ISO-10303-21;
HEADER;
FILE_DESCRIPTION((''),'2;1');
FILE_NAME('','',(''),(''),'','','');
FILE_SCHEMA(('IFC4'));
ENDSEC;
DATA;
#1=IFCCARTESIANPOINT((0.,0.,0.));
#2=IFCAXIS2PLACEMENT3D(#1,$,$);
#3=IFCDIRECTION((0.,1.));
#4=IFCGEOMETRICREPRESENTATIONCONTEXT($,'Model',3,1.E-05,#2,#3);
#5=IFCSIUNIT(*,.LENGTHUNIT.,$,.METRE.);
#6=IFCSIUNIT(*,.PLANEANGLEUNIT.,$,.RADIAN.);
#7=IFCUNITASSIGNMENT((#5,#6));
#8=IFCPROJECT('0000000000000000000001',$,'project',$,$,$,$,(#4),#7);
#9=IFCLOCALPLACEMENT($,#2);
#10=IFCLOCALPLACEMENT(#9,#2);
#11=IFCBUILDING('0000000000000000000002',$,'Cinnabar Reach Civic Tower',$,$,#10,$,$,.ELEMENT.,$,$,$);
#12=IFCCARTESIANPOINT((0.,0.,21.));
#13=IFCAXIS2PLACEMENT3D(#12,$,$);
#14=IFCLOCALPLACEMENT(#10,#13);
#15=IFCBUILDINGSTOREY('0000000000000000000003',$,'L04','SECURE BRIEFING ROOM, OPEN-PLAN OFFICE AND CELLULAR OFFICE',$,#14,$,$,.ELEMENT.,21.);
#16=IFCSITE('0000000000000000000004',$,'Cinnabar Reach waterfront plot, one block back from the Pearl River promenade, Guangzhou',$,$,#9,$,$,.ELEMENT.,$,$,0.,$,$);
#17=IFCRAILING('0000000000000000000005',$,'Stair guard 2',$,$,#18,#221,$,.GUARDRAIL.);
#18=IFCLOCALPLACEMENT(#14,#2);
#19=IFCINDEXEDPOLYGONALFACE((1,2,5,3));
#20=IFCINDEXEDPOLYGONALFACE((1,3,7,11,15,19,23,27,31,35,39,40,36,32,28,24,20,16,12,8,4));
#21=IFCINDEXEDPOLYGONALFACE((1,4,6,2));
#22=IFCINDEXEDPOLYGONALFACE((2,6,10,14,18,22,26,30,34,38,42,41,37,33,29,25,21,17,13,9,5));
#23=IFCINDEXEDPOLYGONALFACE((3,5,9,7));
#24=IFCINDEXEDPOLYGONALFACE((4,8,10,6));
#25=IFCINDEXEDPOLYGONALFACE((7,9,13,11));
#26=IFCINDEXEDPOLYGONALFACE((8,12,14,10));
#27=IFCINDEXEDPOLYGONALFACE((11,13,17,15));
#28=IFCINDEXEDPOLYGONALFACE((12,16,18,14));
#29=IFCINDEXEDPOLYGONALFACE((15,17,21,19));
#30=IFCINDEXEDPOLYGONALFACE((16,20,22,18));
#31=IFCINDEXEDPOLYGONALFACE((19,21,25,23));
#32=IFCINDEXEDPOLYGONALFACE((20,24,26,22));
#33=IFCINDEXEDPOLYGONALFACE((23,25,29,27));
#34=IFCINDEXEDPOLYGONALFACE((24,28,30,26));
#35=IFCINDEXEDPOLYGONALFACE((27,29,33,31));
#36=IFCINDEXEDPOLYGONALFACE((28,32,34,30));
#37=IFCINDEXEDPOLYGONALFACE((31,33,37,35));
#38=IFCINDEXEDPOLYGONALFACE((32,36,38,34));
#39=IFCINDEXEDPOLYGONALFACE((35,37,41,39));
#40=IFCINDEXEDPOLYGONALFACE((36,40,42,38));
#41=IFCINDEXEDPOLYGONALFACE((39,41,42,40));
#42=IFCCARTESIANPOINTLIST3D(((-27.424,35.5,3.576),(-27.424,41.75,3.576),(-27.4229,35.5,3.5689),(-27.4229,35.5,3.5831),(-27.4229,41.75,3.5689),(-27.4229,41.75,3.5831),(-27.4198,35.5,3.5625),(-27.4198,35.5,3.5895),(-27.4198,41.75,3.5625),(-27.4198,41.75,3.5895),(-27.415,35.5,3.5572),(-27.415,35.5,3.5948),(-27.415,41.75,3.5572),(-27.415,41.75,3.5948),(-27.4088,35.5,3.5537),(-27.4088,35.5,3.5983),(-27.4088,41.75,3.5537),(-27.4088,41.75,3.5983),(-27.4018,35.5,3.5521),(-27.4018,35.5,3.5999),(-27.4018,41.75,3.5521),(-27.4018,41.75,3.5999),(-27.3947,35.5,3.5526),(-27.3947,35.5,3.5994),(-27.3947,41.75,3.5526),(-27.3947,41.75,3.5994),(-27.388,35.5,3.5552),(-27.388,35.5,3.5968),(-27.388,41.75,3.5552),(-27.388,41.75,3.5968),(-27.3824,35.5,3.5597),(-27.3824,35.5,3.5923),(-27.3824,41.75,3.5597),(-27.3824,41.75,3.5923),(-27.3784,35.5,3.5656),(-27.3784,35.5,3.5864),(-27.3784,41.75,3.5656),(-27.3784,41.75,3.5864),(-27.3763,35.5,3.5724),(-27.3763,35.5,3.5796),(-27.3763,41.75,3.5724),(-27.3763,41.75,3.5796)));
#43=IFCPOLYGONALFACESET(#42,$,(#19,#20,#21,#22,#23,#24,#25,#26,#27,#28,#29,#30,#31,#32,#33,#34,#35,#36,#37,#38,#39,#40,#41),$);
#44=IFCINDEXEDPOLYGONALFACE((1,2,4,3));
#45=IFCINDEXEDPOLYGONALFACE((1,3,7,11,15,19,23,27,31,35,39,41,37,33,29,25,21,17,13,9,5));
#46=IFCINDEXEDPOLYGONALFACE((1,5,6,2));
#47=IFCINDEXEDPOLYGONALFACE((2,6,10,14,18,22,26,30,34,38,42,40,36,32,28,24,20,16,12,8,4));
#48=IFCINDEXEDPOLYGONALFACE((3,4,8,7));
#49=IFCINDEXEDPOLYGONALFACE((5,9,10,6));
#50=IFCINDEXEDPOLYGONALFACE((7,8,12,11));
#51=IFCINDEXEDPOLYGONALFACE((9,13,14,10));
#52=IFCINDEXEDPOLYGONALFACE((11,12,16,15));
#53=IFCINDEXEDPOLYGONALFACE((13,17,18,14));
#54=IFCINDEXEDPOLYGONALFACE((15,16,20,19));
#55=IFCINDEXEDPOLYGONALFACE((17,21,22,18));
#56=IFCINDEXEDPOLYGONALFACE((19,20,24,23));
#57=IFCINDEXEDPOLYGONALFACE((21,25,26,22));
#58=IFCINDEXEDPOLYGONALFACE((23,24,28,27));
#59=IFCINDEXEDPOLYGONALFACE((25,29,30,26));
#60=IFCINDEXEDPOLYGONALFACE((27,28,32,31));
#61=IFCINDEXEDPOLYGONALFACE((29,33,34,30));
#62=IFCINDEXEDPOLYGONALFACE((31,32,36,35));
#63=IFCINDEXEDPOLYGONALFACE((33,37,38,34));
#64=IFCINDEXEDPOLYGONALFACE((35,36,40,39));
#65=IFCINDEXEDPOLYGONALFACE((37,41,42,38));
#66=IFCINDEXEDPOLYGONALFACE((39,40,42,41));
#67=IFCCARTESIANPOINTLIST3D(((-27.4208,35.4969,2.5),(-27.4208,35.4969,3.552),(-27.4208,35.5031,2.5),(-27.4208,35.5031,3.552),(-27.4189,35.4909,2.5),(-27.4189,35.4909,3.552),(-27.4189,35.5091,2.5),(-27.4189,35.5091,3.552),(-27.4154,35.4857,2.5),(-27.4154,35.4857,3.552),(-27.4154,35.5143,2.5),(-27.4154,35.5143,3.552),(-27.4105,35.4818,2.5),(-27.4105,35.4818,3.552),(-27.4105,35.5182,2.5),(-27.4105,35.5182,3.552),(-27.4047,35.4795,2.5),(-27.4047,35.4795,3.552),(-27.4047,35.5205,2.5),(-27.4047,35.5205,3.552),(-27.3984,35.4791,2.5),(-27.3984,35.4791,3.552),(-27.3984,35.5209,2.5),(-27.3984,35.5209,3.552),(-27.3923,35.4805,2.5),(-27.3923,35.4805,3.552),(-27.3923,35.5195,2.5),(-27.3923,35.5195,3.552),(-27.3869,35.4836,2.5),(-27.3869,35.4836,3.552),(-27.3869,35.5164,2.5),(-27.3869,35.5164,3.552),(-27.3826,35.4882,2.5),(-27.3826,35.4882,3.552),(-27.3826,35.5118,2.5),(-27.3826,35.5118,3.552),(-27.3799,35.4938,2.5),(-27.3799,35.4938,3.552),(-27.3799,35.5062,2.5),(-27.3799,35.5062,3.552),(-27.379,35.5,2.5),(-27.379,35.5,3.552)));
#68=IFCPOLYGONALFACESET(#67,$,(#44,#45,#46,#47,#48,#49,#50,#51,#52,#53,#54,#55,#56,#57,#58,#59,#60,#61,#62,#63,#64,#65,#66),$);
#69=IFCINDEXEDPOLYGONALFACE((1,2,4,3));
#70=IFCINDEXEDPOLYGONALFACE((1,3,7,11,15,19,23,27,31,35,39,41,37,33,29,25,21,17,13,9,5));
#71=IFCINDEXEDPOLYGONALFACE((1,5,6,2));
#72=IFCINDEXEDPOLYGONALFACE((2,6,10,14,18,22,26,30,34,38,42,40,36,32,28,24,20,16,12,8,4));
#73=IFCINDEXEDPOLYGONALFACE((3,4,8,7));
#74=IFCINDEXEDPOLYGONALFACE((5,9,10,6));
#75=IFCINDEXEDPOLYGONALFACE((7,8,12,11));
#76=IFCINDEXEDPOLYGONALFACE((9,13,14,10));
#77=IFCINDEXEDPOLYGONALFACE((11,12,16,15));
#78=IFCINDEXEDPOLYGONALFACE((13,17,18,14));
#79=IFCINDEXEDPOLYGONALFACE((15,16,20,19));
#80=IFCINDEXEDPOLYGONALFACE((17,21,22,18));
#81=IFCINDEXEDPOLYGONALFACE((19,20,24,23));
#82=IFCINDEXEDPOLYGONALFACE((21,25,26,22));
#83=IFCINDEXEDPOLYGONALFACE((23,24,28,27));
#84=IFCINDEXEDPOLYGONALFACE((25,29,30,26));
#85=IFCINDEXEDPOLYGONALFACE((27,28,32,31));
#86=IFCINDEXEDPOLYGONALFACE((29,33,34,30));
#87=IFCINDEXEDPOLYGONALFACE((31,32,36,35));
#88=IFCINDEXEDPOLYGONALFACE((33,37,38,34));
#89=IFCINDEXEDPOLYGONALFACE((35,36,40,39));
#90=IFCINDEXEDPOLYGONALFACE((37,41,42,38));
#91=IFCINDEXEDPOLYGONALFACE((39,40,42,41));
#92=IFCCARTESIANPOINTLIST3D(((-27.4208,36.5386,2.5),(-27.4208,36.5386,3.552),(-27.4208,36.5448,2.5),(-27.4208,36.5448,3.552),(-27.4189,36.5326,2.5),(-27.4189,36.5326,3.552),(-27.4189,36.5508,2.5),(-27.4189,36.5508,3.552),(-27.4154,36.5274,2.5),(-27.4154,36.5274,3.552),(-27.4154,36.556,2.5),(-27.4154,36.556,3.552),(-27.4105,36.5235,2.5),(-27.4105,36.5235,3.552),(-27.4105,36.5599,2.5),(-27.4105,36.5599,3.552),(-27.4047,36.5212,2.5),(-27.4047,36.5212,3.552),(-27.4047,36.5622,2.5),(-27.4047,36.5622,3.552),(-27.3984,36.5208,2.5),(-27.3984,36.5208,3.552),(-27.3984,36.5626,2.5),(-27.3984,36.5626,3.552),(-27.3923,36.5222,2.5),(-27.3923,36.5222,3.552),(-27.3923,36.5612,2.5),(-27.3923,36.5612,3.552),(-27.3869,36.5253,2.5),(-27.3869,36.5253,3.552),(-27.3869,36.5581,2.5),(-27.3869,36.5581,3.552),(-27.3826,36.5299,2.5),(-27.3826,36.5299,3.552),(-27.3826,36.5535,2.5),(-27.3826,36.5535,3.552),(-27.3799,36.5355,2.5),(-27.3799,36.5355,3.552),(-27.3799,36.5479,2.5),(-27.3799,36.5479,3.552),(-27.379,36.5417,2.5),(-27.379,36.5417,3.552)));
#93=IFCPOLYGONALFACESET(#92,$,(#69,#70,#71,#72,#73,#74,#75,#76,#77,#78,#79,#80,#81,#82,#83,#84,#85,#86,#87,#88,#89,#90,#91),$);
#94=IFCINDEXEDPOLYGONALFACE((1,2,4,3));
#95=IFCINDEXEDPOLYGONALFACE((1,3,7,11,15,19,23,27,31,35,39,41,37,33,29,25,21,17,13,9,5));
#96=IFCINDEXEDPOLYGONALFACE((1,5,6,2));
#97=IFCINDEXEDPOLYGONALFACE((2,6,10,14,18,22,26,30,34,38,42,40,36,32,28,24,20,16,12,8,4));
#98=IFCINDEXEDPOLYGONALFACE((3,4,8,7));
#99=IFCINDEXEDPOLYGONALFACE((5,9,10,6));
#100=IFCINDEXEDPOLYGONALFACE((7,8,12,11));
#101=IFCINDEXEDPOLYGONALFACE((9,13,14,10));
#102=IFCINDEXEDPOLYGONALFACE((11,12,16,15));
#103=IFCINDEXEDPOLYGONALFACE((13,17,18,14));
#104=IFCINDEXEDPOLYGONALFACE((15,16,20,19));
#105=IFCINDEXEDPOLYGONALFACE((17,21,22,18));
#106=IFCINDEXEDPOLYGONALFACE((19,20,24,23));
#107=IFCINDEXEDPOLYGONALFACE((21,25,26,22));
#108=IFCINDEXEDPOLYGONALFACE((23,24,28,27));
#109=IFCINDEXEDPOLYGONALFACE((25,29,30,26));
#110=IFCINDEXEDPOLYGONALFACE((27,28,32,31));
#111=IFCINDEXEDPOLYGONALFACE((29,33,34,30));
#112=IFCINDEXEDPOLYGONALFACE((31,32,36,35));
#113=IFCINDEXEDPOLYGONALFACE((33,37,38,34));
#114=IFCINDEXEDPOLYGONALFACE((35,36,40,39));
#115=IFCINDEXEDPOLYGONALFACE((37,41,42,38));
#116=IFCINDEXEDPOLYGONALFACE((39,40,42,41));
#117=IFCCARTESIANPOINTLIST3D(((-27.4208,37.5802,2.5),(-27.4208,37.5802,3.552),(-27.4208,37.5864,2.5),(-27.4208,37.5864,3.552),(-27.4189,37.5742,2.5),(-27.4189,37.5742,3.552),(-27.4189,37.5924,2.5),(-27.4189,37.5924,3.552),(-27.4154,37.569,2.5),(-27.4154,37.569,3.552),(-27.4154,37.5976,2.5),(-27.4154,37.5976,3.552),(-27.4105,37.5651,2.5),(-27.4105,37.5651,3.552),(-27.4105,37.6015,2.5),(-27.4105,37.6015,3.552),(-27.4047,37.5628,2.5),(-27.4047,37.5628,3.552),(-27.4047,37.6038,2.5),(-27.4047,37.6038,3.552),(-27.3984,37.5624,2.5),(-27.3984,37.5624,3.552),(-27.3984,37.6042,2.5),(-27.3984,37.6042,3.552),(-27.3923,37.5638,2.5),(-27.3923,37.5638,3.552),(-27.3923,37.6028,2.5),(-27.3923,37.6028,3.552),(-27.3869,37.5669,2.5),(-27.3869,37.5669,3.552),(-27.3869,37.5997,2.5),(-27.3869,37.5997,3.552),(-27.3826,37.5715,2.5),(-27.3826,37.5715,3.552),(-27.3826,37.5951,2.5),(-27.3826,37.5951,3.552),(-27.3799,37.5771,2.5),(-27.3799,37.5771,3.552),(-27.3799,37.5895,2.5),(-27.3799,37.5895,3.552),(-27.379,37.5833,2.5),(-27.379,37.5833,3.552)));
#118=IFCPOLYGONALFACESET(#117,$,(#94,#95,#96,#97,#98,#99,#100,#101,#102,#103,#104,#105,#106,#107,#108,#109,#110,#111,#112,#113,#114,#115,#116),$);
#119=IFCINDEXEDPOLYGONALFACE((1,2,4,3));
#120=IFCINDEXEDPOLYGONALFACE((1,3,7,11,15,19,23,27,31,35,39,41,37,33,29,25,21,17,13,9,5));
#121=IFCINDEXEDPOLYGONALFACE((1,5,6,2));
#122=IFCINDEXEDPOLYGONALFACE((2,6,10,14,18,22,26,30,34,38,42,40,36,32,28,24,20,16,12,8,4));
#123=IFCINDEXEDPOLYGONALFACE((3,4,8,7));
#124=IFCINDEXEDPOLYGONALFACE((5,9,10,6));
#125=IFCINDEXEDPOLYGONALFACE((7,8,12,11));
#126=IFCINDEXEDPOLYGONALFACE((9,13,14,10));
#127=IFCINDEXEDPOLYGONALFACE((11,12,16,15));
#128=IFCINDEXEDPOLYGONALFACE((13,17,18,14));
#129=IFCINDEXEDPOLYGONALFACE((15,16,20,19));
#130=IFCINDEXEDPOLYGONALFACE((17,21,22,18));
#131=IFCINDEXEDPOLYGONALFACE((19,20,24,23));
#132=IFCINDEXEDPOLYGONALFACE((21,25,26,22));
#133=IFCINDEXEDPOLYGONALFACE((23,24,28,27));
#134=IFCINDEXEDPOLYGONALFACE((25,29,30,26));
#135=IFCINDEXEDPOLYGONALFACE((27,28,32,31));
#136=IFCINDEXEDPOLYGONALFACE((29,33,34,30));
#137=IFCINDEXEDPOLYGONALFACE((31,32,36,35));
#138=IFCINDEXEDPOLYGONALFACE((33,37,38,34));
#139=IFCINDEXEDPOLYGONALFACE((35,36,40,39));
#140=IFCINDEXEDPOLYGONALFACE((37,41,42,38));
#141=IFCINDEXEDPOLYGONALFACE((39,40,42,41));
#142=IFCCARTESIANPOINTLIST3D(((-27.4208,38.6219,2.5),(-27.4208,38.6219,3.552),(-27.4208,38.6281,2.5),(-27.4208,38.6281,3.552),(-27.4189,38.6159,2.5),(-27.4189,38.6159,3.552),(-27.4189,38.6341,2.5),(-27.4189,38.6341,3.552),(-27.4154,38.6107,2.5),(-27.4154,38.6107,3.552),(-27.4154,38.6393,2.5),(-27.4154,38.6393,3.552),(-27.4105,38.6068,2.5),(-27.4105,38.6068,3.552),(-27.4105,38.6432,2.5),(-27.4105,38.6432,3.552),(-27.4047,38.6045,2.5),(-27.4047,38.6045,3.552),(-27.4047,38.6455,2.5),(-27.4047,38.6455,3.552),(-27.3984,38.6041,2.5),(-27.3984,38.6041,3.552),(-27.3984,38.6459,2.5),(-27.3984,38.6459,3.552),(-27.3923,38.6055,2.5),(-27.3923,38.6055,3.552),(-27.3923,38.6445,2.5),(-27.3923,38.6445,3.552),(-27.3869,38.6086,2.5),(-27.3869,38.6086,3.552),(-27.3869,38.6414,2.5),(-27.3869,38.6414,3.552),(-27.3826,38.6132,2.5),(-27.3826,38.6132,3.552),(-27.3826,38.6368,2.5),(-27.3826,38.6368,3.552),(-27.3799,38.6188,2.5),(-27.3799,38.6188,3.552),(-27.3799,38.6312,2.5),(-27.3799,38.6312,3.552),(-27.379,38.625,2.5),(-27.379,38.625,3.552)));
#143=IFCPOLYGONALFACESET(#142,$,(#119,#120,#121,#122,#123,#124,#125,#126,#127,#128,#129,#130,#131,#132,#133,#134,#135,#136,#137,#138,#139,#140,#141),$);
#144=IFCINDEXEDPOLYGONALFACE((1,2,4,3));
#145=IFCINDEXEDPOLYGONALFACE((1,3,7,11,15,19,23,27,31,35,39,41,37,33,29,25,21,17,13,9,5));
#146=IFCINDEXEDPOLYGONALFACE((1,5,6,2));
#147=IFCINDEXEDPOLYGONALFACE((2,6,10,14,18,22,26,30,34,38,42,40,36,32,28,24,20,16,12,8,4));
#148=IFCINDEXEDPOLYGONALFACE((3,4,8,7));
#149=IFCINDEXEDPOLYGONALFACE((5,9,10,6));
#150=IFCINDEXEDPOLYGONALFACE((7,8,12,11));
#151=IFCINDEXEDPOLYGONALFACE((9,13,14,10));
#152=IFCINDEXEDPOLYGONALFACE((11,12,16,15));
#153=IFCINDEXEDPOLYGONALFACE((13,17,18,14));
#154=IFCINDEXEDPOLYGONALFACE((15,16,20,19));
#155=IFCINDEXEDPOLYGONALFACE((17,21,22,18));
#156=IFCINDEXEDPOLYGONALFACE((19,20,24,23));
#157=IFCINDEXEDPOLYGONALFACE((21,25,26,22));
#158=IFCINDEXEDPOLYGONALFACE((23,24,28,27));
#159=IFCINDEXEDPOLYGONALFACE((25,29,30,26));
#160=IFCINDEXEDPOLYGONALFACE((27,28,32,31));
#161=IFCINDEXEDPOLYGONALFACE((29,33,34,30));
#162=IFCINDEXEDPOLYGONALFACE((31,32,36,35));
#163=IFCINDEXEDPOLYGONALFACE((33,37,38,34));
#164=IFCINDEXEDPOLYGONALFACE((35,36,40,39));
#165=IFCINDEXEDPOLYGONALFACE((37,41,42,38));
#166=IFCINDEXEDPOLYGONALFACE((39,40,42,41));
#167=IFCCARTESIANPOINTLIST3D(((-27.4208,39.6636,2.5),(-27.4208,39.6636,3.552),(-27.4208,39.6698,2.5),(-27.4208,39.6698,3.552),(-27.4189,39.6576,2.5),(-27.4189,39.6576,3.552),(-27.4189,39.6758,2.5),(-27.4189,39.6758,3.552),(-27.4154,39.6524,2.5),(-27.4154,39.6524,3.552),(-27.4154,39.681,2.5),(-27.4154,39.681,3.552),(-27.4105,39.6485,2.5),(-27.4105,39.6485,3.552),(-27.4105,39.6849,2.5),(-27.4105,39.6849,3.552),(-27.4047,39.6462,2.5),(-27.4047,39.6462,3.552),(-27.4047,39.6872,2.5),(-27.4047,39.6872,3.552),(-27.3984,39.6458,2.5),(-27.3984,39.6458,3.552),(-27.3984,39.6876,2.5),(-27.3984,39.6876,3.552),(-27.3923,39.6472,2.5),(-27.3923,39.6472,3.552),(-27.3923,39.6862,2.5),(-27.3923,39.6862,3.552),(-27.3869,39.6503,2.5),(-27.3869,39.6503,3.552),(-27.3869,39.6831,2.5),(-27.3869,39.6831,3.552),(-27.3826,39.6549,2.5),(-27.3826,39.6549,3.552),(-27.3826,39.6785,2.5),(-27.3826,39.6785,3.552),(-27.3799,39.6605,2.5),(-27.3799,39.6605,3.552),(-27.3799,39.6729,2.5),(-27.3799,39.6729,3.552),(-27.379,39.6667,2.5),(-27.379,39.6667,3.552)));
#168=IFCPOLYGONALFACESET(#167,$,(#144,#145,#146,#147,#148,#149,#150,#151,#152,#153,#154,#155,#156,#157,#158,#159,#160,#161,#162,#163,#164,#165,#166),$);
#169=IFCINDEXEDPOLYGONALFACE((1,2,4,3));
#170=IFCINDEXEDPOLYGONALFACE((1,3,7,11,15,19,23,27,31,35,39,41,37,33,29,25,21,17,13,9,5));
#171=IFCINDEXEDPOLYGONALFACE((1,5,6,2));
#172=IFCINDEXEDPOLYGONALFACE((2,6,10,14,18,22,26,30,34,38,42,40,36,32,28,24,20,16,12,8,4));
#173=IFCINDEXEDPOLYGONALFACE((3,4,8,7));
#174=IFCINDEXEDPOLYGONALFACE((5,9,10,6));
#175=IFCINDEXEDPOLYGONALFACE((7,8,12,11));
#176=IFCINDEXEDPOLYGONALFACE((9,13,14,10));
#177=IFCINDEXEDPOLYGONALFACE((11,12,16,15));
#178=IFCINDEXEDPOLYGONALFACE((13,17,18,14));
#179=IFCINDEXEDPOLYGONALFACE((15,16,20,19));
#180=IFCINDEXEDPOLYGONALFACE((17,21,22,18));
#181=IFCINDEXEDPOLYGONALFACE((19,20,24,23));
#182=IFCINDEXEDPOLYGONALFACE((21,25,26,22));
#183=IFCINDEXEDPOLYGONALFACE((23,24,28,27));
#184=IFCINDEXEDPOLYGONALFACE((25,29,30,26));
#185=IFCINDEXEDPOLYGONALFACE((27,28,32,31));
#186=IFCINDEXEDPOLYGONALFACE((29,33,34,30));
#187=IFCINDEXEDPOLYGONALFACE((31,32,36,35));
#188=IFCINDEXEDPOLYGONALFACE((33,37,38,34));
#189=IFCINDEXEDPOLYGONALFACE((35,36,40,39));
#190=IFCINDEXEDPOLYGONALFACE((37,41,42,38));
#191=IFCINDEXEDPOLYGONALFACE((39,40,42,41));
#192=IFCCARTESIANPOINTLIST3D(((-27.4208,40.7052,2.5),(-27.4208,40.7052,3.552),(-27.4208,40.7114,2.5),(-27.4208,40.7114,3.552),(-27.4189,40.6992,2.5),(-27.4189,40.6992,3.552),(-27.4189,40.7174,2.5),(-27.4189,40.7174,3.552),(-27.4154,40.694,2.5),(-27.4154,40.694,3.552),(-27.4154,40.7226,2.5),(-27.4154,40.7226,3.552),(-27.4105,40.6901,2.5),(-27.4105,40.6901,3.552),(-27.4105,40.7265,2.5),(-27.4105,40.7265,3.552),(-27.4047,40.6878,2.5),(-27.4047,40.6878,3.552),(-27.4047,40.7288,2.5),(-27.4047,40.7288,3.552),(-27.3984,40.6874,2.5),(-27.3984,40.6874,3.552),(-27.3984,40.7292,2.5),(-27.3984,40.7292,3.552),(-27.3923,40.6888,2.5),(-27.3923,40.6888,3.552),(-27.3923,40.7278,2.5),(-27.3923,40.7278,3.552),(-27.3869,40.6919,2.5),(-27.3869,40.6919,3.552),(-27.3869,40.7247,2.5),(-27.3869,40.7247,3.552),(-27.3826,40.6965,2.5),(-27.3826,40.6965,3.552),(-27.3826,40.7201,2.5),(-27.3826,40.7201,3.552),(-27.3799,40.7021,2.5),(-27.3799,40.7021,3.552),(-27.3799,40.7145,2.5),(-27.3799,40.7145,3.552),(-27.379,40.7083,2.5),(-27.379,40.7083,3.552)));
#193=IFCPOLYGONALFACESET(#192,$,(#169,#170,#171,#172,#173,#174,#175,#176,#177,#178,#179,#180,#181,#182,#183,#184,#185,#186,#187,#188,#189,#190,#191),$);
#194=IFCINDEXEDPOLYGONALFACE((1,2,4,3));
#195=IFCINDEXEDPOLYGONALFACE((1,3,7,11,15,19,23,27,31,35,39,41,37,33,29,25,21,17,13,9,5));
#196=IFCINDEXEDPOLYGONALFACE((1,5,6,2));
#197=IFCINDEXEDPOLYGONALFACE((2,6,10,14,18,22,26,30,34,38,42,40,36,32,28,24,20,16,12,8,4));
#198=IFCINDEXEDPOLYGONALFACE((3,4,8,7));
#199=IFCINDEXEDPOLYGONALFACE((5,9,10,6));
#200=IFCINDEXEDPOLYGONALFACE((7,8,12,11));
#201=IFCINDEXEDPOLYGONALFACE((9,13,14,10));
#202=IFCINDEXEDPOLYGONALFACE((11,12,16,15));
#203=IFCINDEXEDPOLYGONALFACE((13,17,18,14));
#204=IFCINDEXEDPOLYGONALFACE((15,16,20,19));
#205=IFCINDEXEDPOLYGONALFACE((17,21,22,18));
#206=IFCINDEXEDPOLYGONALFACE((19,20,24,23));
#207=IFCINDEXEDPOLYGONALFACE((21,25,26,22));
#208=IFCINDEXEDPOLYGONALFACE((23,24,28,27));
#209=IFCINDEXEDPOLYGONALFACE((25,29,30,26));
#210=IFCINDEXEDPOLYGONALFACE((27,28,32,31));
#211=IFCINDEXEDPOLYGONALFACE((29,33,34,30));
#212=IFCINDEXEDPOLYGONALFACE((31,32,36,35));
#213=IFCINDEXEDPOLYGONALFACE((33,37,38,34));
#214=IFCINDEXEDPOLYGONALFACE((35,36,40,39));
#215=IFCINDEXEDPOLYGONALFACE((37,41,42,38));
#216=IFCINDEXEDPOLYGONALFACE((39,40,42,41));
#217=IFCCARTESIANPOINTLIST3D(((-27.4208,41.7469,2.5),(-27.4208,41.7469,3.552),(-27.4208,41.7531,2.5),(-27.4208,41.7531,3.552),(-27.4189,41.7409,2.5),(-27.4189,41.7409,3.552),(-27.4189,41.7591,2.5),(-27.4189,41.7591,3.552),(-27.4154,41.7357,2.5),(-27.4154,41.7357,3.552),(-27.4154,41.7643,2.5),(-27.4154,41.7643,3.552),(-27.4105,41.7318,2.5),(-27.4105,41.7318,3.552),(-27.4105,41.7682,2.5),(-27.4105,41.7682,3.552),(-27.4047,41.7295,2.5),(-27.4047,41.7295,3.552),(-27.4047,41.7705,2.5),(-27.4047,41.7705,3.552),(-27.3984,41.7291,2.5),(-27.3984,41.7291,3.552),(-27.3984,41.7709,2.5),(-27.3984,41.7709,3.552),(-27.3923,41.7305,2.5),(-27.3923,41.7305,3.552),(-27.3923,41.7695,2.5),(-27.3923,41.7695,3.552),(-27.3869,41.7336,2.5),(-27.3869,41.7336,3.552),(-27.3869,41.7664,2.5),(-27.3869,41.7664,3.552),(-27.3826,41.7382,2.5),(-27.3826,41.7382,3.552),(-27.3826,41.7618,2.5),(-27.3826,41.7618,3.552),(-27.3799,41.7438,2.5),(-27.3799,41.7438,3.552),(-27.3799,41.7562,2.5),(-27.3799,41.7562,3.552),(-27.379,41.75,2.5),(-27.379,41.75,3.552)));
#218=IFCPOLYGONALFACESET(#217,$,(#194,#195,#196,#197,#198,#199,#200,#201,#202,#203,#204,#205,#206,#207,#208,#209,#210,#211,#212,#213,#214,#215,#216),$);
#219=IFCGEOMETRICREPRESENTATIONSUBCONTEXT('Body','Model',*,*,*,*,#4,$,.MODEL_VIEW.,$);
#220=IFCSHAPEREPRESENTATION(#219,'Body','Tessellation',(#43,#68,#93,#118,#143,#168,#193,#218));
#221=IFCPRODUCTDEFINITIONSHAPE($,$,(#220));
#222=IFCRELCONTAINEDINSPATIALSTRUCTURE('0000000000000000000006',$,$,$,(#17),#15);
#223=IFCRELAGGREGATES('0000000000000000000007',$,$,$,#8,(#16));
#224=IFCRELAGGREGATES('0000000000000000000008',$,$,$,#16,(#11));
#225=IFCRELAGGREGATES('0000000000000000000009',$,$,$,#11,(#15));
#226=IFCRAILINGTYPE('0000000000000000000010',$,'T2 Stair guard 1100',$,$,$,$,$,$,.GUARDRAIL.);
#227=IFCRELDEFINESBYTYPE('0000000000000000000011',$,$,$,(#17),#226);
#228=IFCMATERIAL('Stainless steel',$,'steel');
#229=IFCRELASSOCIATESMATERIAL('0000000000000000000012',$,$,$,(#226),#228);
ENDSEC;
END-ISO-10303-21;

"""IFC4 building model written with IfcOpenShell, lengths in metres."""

from ifc_helpers import new_model, si_unit, direction, frame, origin, origin_2d, place, context, subcontext, project, spatial, circle, extrude, material, type_object, element, save


model = new_model("IFC4")

# Units and contexts
model_context = context("Model", 3, precision=1e-05, world=origin(), true_north=direction((0.0, 1.0)))
body_context = subcontext(model_context, "Body", "Model", "MODEL_VIEW")
ifc_project = project(units=[si_unit("LENGTHUNIT", "METRE"), si_unit("PLANEANGLEUNIT", "RADIAN")], contexts=[model_context])

# Site, building, storey
site_placement = place(None, origin())
site = spatial("IfcSite", under=ifc_project, at=site_placement, Name="Cinnabar Reach waterfront plot, one block back from the Pearl River promenade, Guangzhou", CompositionType="ELEMENT", RefElevation=0.0)
building_placement = place(site_placement, origin())
building = spatial("IfcBuilding", under=site, at=building_placement, Name="Cinnabar Reach Civic Tower", CompositionType="ELEMENT")
storey_placement = place(building_placement, frame((0.0, 0.0, 21.0)))
storey = spatial("IfcBuildingStorey", under=building, at=storey_placement, Name="L04", Description="SECURE BRIEFING ROOM, OPEN-PLAN OFFICE AND CELLULAR OFFICE", CompositionType="ELEMENT", Elevation=21.0)

# Railing
ifc_material_1 = material(Name="Stainless steel", Category="steel")
railing_type = type_object("IfcRailingType", Name="T2 Stair guard 1100", PredefinedType="GUARDRAIL", material=ifc_material_1)
for number, where, name in (
    (1, (-27.4, 35.5, 2.5), "Stair guard 2"),
):
    element("IfcRailing", number, at=place(storey_placement, frame(where)), inside=storey, type_object=railing_type, Name=name, PredefinedType="GUARDRAIL", context=body_context, shape_type="SweptSolid", body=[
        extrude(circle(Radius=0.024, at=origin_2d()), frame((0.0, 0.0, 1.076), z_axis=(0.0, 1.0, 0.0), x_axis=(-1.0, 0.0, 0.0)), (0.0, 0.0, 1.0), 6.25),
        extrude(circle(Radius=0.021, at=origin_2d()), origin(), (0.0, 0.0, 1.0), 1.052),
        extrude(circle(Radius=0.021, at=origin_2d()), frame((0.0, 1.0417, 0.0)), (0.0, 0.0, 1.0), 1.052),
        extrude(circle(Radius=0.021, at=origin_2d()), frame((0.0, 2.0833, 0.0)), (0.0, 0.0, 1.0), 1.052),
        extrude(circle(Radius=0.021, at=origin_2d()), frame((0.0, 3.125, 0.0)), (0.0, 0.0, 1.0), 1.052),
        extrude(circle(Radius=0.021, at=origin_2d()), frame((0.0, 4.1667, 0.0)), (0.0, 0.0, 1.0), 1.052),
        extrude(circle(Radius=0.021, at=origin_2d()), frame((0.0, 5.2083, 0.0)), (0.0, 0.0, 1.0), 1.052),
        extrude(circle(Radius=0.021, at=origin_2d()), frame((0.0, 6.25, 0.0)), (0.0, 0.0, 1.0), 1.052),
    ])

save(model, "model.ifc")
